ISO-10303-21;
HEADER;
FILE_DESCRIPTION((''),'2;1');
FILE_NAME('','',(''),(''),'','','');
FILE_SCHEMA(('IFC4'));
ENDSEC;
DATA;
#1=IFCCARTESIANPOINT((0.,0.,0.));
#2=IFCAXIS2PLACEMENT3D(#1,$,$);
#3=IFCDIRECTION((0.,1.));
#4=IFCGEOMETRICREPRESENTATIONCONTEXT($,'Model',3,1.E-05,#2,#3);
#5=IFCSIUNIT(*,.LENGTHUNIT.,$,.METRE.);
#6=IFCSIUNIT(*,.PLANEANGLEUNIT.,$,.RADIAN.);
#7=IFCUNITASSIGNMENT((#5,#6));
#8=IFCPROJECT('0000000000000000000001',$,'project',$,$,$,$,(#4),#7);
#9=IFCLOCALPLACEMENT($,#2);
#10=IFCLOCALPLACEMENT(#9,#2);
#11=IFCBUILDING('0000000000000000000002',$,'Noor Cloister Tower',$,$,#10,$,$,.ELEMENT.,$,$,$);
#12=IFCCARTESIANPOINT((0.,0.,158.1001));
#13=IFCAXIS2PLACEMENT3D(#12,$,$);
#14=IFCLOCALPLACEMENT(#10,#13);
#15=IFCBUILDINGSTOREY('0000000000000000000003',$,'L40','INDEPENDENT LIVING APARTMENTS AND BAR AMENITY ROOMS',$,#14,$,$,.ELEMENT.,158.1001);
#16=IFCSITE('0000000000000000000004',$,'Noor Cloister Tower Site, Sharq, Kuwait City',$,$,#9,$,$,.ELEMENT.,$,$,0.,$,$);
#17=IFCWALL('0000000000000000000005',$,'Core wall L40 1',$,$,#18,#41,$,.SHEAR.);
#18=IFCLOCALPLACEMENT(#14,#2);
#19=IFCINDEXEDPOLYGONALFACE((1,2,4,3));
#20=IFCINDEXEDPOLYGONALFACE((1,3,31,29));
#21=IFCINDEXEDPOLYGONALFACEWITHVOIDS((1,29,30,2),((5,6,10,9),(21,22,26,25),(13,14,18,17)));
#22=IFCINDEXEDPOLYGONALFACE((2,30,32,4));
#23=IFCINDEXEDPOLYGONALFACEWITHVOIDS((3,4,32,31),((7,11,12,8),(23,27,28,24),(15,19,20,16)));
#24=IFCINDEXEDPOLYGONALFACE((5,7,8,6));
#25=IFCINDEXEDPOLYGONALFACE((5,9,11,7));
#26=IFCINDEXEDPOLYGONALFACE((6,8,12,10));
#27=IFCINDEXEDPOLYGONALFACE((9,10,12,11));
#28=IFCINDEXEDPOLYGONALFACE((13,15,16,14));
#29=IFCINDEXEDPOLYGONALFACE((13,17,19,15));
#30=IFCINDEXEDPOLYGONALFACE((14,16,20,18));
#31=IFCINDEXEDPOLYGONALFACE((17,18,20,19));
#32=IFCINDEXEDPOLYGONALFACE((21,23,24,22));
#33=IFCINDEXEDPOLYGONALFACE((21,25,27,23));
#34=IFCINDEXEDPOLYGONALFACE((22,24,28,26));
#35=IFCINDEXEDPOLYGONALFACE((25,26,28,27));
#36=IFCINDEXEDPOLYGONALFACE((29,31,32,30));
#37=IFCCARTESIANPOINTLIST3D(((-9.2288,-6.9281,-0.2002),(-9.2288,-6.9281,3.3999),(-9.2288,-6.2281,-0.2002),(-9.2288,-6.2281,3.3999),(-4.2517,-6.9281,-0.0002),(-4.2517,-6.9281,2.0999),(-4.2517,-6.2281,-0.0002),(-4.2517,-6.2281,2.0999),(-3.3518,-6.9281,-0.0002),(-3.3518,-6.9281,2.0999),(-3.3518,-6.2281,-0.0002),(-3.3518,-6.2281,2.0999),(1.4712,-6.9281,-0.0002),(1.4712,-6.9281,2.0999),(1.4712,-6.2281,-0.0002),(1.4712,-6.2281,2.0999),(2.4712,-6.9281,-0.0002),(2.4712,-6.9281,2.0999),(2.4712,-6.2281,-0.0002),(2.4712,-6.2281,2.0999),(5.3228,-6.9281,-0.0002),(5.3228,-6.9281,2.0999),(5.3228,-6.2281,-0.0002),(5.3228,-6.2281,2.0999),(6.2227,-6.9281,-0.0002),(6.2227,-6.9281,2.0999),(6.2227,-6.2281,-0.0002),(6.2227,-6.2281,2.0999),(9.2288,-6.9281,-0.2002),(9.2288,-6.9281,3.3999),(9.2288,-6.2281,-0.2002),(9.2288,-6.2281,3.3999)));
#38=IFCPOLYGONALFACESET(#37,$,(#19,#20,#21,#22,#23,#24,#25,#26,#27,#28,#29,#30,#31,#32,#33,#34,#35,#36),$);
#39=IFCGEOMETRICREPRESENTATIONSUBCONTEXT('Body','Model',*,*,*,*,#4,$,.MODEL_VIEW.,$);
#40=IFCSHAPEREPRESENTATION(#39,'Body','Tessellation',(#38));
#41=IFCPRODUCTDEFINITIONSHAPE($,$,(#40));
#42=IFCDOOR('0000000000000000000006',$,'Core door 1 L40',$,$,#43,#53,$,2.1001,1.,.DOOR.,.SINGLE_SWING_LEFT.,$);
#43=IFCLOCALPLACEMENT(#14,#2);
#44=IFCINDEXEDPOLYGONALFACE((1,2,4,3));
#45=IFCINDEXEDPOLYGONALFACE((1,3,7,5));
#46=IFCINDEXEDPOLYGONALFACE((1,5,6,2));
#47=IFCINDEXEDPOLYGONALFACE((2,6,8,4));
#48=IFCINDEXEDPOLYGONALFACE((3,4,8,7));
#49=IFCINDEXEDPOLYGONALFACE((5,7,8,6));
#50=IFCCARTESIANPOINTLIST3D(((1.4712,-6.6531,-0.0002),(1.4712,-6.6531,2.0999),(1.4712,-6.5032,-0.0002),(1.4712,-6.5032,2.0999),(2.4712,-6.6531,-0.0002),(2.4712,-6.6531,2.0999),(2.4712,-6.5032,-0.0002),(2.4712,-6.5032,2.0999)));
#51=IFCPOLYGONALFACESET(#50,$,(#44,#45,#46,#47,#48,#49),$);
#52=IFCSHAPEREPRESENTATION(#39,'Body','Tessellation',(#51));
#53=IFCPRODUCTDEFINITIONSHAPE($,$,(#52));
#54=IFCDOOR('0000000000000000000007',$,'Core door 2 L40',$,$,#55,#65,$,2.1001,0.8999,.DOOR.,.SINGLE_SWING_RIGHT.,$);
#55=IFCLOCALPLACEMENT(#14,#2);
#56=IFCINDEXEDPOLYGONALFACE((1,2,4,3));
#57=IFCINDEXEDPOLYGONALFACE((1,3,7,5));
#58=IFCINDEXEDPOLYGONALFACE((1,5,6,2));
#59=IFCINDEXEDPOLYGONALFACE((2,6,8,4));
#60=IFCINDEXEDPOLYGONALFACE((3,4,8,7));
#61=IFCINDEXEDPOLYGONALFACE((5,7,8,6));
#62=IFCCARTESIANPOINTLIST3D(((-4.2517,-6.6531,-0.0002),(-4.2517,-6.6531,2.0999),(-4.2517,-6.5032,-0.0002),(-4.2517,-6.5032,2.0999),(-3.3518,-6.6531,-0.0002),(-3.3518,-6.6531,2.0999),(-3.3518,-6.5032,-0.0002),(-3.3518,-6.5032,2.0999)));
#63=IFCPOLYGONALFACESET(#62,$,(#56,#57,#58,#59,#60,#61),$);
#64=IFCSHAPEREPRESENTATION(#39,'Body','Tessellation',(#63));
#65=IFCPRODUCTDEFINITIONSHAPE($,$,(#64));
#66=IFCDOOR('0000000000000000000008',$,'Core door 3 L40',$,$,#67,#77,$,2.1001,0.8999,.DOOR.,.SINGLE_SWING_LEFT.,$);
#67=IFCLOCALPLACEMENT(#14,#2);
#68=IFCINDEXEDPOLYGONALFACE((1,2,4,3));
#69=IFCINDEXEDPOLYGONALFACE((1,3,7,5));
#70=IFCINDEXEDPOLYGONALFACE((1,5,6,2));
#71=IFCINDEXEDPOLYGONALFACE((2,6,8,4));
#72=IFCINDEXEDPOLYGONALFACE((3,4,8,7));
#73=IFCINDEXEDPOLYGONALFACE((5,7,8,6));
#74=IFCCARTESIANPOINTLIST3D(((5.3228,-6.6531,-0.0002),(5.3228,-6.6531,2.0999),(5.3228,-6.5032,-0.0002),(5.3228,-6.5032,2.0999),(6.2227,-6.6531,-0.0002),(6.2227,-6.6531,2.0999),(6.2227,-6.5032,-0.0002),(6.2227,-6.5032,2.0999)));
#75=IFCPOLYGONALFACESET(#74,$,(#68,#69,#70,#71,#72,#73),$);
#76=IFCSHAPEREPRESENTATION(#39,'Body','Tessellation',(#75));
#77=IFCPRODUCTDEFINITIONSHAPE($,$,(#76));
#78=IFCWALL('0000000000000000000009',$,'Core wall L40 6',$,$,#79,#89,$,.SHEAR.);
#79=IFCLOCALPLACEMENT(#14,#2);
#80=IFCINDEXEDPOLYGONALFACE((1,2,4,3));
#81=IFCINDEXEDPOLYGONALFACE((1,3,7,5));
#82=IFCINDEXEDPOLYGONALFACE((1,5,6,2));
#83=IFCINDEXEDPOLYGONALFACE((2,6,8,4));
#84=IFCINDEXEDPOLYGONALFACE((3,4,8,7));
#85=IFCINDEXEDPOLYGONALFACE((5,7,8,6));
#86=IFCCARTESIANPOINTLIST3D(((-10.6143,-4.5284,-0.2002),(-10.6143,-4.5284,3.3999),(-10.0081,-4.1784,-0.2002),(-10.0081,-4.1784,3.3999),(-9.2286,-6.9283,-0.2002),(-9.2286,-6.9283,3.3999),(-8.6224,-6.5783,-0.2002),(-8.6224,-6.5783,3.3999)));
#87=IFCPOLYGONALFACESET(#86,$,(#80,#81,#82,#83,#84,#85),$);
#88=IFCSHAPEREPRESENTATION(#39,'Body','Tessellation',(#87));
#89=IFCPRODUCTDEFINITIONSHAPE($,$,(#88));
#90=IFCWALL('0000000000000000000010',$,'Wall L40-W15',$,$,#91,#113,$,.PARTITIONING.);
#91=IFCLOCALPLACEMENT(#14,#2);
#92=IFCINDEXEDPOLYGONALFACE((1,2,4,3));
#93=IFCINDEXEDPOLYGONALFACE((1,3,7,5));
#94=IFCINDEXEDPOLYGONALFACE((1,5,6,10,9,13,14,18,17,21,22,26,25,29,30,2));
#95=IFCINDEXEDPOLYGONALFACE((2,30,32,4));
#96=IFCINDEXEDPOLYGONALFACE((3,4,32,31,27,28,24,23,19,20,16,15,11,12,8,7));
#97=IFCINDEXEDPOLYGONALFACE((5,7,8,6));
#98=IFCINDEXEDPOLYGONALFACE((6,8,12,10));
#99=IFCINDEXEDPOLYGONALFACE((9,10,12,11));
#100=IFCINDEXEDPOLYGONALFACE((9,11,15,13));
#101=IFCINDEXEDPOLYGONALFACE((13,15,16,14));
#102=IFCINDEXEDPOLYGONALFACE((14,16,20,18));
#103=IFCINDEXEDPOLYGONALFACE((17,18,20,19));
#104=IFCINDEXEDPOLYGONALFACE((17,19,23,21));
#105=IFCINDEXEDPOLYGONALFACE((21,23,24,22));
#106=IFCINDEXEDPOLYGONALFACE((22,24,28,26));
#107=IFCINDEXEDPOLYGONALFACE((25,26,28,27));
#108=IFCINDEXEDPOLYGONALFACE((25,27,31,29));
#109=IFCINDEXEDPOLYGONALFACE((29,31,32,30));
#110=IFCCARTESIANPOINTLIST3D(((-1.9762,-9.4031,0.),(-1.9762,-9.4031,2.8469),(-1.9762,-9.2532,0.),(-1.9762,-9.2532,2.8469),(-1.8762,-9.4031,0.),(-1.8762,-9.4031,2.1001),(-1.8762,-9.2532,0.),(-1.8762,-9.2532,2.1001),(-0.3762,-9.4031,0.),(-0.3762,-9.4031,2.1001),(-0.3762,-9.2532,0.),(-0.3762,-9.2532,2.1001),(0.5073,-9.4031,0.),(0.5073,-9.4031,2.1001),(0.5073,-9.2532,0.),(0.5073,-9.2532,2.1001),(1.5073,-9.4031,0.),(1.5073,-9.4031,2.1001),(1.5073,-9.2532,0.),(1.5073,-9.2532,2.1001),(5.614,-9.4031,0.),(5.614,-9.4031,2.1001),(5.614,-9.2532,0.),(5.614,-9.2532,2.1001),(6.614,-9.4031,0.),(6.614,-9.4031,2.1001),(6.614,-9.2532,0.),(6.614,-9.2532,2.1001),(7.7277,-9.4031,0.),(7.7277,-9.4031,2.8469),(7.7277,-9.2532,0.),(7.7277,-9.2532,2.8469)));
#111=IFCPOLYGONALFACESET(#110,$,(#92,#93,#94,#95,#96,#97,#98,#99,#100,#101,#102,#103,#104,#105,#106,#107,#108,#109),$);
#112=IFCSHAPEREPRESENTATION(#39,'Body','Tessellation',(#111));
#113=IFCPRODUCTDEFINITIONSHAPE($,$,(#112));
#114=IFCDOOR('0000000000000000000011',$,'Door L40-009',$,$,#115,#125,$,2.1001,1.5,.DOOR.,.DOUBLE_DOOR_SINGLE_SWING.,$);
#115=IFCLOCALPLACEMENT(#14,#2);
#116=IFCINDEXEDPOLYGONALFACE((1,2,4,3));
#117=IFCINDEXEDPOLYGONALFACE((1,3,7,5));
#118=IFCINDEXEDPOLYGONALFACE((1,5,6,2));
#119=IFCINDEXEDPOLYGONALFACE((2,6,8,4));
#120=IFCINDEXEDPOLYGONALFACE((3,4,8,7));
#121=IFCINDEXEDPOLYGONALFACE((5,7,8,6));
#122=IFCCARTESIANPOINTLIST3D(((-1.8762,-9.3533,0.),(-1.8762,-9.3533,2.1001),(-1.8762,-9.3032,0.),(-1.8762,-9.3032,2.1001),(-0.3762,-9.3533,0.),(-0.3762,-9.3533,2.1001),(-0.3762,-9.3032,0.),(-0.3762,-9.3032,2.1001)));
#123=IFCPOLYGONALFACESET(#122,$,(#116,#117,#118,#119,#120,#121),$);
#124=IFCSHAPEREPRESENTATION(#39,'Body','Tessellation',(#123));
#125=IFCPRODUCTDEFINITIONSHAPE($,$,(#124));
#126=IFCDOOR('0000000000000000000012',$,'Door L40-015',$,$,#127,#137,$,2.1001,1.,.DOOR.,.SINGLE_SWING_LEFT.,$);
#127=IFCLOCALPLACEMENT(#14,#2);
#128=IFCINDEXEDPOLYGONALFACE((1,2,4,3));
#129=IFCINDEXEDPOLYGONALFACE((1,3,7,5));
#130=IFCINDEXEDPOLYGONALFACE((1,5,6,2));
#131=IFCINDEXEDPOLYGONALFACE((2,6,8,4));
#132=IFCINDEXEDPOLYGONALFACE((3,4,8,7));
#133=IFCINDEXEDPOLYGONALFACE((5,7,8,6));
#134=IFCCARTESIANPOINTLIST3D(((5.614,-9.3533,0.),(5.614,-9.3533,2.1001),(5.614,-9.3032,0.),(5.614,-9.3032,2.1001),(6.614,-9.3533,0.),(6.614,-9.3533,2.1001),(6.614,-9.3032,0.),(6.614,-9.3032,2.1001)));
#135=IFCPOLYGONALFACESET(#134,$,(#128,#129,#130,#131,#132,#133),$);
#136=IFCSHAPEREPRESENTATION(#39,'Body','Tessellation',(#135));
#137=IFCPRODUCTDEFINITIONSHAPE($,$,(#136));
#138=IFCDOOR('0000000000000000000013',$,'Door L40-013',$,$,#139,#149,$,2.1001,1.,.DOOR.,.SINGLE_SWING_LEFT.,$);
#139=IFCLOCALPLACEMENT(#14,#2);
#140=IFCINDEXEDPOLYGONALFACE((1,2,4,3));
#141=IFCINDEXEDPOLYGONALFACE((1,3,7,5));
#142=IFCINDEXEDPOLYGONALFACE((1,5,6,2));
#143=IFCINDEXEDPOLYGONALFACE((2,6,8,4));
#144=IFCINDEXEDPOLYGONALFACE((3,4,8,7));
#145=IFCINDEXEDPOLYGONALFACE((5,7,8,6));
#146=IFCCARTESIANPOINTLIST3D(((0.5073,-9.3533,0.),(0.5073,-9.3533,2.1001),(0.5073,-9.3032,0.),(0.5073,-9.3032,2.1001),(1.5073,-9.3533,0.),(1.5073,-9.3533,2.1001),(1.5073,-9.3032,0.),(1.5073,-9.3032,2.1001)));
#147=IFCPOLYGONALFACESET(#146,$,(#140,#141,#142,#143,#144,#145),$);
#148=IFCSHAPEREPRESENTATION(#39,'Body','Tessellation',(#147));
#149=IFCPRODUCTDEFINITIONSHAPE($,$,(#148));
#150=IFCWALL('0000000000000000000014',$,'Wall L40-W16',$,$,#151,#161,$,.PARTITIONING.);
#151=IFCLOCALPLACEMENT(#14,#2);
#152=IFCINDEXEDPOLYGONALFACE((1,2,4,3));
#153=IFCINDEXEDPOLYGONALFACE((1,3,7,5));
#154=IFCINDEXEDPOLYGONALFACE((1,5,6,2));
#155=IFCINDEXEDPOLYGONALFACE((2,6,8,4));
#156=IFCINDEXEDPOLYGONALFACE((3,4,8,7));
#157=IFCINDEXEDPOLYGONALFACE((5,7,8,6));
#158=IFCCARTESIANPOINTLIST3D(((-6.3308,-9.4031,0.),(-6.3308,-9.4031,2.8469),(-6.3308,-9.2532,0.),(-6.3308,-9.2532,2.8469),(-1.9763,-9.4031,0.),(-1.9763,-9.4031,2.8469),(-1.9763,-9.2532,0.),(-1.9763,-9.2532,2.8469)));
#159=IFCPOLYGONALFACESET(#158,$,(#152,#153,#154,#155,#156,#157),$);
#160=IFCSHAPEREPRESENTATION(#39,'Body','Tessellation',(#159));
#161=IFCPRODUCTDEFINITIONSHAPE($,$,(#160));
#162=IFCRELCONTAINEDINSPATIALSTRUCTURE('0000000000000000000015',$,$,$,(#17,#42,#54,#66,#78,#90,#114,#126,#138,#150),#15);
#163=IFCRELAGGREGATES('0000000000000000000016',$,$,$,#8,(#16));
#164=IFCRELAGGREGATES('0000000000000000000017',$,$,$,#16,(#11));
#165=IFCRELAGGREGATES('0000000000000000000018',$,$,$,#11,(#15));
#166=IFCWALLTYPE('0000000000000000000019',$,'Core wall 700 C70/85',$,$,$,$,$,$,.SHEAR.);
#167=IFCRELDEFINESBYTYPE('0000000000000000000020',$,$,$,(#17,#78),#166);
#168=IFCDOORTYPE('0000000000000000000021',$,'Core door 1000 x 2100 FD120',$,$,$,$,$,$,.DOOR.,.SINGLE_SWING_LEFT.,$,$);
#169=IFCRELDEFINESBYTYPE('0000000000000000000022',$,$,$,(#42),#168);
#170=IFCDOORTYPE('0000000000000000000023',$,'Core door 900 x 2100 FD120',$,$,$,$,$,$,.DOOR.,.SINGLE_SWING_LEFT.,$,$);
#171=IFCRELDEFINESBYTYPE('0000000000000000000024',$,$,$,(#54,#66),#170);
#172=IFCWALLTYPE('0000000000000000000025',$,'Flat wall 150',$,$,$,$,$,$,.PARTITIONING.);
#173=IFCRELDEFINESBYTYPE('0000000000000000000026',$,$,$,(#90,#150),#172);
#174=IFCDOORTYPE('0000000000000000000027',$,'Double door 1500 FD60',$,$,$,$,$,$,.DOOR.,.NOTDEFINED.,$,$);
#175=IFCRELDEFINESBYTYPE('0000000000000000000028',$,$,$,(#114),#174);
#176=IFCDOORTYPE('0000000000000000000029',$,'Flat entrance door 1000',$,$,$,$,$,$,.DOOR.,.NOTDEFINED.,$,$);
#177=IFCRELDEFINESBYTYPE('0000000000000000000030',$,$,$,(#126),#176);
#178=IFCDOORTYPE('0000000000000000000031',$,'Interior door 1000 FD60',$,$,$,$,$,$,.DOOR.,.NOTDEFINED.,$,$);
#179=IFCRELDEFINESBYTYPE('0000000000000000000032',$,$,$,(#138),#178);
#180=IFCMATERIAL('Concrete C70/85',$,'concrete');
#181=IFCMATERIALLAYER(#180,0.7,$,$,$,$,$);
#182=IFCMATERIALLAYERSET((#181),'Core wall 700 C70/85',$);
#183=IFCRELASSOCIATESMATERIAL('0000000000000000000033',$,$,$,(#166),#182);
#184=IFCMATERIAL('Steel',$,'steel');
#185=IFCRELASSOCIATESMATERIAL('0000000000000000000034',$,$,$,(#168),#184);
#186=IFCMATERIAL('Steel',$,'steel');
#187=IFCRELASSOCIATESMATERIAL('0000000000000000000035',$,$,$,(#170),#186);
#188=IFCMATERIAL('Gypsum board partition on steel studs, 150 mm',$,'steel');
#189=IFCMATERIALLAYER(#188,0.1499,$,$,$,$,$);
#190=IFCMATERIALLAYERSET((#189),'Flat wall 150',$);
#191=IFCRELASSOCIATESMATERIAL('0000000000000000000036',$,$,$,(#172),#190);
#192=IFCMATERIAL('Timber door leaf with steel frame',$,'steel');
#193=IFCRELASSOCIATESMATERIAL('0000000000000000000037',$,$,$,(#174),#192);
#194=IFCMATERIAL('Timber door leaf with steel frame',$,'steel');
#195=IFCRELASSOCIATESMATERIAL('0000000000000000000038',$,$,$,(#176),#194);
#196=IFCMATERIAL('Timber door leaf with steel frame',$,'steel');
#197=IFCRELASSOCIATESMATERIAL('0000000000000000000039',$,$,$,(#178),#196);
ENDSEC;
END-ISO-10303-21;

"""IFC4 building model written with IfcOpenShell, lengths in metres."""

from ifc_helpers import new_model, si_unit, direction, frame, frame_2d, origin, place, context, subcontext, project, spatial, rectangle, extrude, material, layer, layer_set, type_object, element, fill, save


model = new_model("IFC4")

# Units and contexts
model_context = context("Model", 3, precision=1e-05, world=origin(), true_north=direction((0.0, 1.0)))
body_context = subcontext(model_context, "Body", "Model", "MODEL_VIEW")
ifc_project = project(units=[si_unit("LENGTHUNIT", "METRE"), si_unit("PLANEANGLEUNIT", "RADIAN")], contexts=[model_context])

# Site, building, storey
site_placement = place(None, origin())
site = spatial("IfcSite", under=ifc_project, at=site_placement, Name="Noor Cloister Tower Site, Sharq, Kuwait City", CompositionType="ELEMENT", RefElevation=0.0)
building_placement = place(site_placement, origin())
building = spatial("IfcBuilding", under=site, at=building_placement, Name="Noor Cloister Tower", CompositionType="ELEMENT")
storey_placement = place(building_placement, frame((0.0, 0.0, 158.1001)))
storey = spatial("IfcBuildingStorey", under=building, at=storey_placement, Name="L40", Description="INDEPENDENT LIVING APARTMENTS AND BAR AMENITY ROOMS", CompositionType="ELEMENT", Elevation=158.1001)

# Wall, openings, doors
ifc_material_1 = material(Name="Concrete C70/85", Category="concrete")
ifc_layer_1 = layer(ifc_material_1, 0.7)
ifc_layer_set_1 = layer_set([ifc_layer_1], Name="Core wall 700 C70/85")
wall_type_1 = type_object("IfcWallType", Name="Core wall 700 C70/85", PredefinedType="SHEAR", material=ifc_layer_set_1)
wall_1_placement = place(storey_placement, frame((-9.2288, -6.5781, -0.2002), z_axis=(0.0, 0.0, 1.0), x_axis=(1.0, 0.0, 0.0)))
wall_1 = element("IfcWall", 1, at=wall_1_placement, inside=storey, type_object=wall_type_1, Name="Core wall L40 1", PredefinedType="SHEAR", context=body_context, shape_type="SweptSolid", body=[
    extrude(rectangle(XDim=18.4575, YDim=0.7, at=frame_2d((9.2288, 0.0))), origin(), (0.0, 0.0, 1.0), 3.6001),
])
opening_1_placement = place(wall_1_placement, frame((10.7, 0.0, 0.2)))
opening_1 = element("IfcOpeningElement", 2, at=opening_1_placement, cuts=wall_1, PredefinedType="OPENING", context=body_context, shape_type="SweptSolid", body=[
    extrude(rectangle(XDim=1.0, YDim=2.1001, at=frame_2d((0.5, 1.05))), frame((0.0, 0.3599, 0.0), z_axis=(0.0, -1.0, 0.0), x_axis=(1.0, 0.0, 0.0)), (0.0, 0.0, 1.0), 0.72),
])
opening_2_placement = place(wall_1_placement, frame((4.9771, 0.0, 0.2)))
opening_2 = element("IfcOpeningElement", 3, at=opening_2_placement, cuts=wall_1, PredefinedType="OPENING", context=body_context, shape_type="SweptSolid", body=[
    extrude(rectangle(XDim=0.8999, YDim=2.1001, at=frame_2d((0.45, 1.05))), frame((0.0, 0.3599, 0.0), z_axis=(0.0, -1.0, 0.0), x_axis=(1.0, 0.0, 0.0)), (0.0, 0.0, 1.0), 0.72),
])
opening_3_placement = place(wall_1_placement, frame((14.5515, 0.0, 0.2)))
opening_3 = element("IfcOpeningElement", 4, at=opening_3_placement, cuts=wall_1, PredefinedType="OPENING", context=body_context, shape_type="SweptSolid", body=[
    extrude(rectangle(XDim=0.8999, YDim=2.1001, at=frame_2d((0.45, 1.05))), frame((0.0, 0.3599, 0.0), z_axis=(0.0, -1.0, 0.0), x_axis=(1.0, 0.0, 0.0)), (0.0, 0.0, 1.0), 0.72),
])
ifc_material_2 = material(Name="Steel", Category="steel")
door_type_1 = type_object("IfcDoorType", Name="Core door 1000 x 2100 FD120", OperationType="SINGLE_SWING_LEFT", PredefinedType="DOOR", material=ifc_material_2)
door_1_placement = place(opening_1_placement, origin())
door_1 = element("IfcDoor", 5, at=door_1_placement, inside=storey, type_object=door_type_1, Name="Core door 1 L40", OperationType="SINGLE_SWING_LEFT", OverallHeight=2.1001, OverallWidth=1.0, PredefinedType="DOOR", context=body_context, shape_type="SweptSolid", body=[
    extrude(rectangle(XDim=1.0, YDim=2.1001, at=frame_2d((0.5, 1.05))), frame((0.0, 0.075, 0.0), z_axis=(0.0, -1.0, 0.0), x_axis=(1.0, 0.0, 0.0)), (0.0, 0.0, 1.0), 0.1499),
])
fill(opening_1, door_1)
ifc_material_3 = material(Name="Steel", Category="steel")
door_type_2 = type_object("IfcDoorType", Name="Core door 900 x 2100 FD120", OperationType="SINGLE_SWING_LEFT", PredefinedType="DOOR", material=ifc_material_3)
door_2_placement = place(opening_2_placement, origin())
door_2 = element("IfcDoor", 6, at=door_2_placement, inside=storey, type_object=door_type_2, Name="Core door 2 L40", OperationType="SINGLE_SWING_RIGHT", OverallHeight=2.1001, OverallWidth=0.8999, PredefinedType="DOOR", context=body_context, shape_type="SweptSolid", body=[
    extrude(rectangle(XDim=0.8999, YDim=2.1001, at=frame_2d((0.45, 1.05))), frame((0.0, 0.075, 0.0), z_axis=(0.0, -1.0, 0.0), x_axis=(1.0, 0.0, 0.0)), (0.0, 0.0, 1.0), 0.1499),
])
fill(opening_2, door_2)
door_3_placement = place(opening_3_placement, origin())
door_3 = element("IfcDoor", 7, at=door_3_placement, inside=storey, type_object=door_type_2, Name="Core door 3 L40", OperationType="SINGLE_SWING_LEFT", OverallHeight=2.1001, OverallWidth=0.8999, PredefinedType="DOOR", context=body_context, shape_type="SweptSolid", body=[
    extrude(rectangle(XDim=0.8999, YDim=2.1001, at=frame_2d((0.45, 1.05))), frame((0.0, 0.075, 0.0), z_axis=(0.0, -1.0, 0.0), x_axis=(1.0, 0.0, 0.0)), (0.0, 0.0, 1.0), 0.1499),
])
fill(opening_3, door_3)

# Wall
wall_2_placement = place(storey_placement, frame((-10.3113, -4.3533, -0.2002), z_axis=(0.0, 0.0, 1.0), x_axis=(0.500043, -0.866001, 0.0)))
element("IfcWall", 8, at=wall_2_placement, inside=storey, type_object=wall_type_1, Name="Core wall L40 6", PredefinedType="SHEAR", context=body_context, shape_type="SweptSolid", body=[
    extrude(rectangle(XDim=2.7712, YDim=0.7, at=frame_2d((1.3857, 0.0))), origin(), (0.0, 0.0, 1.0), 3.6001),
])

# Wall, openings, doors
ifc_material_4 = material(Name="Gypsum board partition on steel studs, 150 mm", Category="steel")
ifc_layer_2 = layer(ifc_material_4, 0.1499)
ifc_layer_set_2 = layer_set([ifc_layer_2], Name="Flat wall 150")
wall_type_2 = type_object("IfcWallType", Name="Flat wall 150", PredefinedType="PARTITIONING", material=ifc_layer_set_2)
wall_3_placement = place(storey_placement, frame((-1.9763, -9.3281, 0.0), z_axis=(0.0, 0.0, 1.0), x_axis=(1.0, 0.0, 0.0)))
wall_3 = element("IfcWall", 9, at=wall_3_placement, inside=storey, type_object=wall_type_2, Name="Wall L40-W15", PredefinedType="PARTITIONING", context=body_context, shape_type="SweptSolid", body=[
    extrude(rectangle(XDim=9.7039, YDim=0.1499, at=frame_2d((4.8521, 0.0))), origin(), (0.0, 0.0, 1.0), 2.8469),
])
opening_4_placement = place(wall_3_placement, frame((0.1001, 0.0, 0.0)))
opening_4 = element("IfcOpeningElement", 10, at=opening_4_placement, cuts=wall_3, PredefinedType="OPENING", context=body_context, shape_type="SweptSolid", body=[
    extrude(rectangle(XDim=1.5, YDim=2.1001, at=frame_2d((0.75, 1.05))), frame((0.0, 0.085, 0.0), z_axis=(0.0, -1.0, 0.0), x_axis=(1.0, 0.0, 0.0)), (0.0, 0.0, 1.0), 0.1699),
])
opening_5_placement = place(wall_3_placement, frame((2.4836, 0.0, 0.0)))
opening_5 = element("IfcOpeningElement", 11, at=opening_5_placement, cuts=wall_3, PredefinedType="OPENING", context=body_context, shape_type="SweptSolid", body=[
    extrude(rectangle(XDim=1.0, YDim=2.1001, at=frame_2d((0.5, 1.05))), frame((0.0, 0.085, 0.0), z_axis=(0.0, -1.0, 0.0), x_axis=(1.0, 0.0, 0.0)), (0.0, 0.0, 1.0), 0.1699),
])
opening_6_placement = place(wall_3_placement, frame((7.5903, 0.0, 0.0)))
opening_6 = element("IfcOpeningElement", 12, at=opening_6_placement, cuts=wall_3, PredefinedType="OPENING", context=body_context, shape_type="SweptSolid", body=[
    extrude(rectangle(XDim=1.0, YDim=2.1001, at=frame_2d((0.5, 1.05))), frame((0.0, 0.085, 0.0), z_axis=(0.0, -1.0, 0.0), x_axis=(1.0, 0.0, 0.0)), (0.0, 0.0, 1.0), 0.1699),
])
ifc_material_5 = material(Name="Timber door leaf with steel frame", Category="steel")
door_type_3 = type_object("IfcDoorType", Name="Double door 1500 FD60", OperationType="NOTDEFINED", PredefinedType="DOOR", material=ifc_material_5)
door_4_placement = place(opening_4_placement, origin())
door_4 = element("IfcDoor", 13, at=door_4_placement, inside=storey, type_object=door_type_3, Name="Door L40-009", OperationType="DOUBLE_DOOR_SINGLE_SWING", OverallHeight=2.1001, OverallWidth=1.5, PredefinedType="DOOR", context=body_context, shape_type="SweptSolid", body=[
    extrude(rectangle(XDim=1.5, YDim=2.1001, at=frame_2d((0.75, 1.05))), frame((0.0, 0.0249, 0.0), z_axis=(0.0, -1.0, 0.0), x_axis=(1.0, 0.0, 0.0)), (0.0, 0.0, 1.0), 0.05),
])
fill(opening_4, door_4)
ifc_material_6 = material(Name="Timber door leaf with steel frame", Category="steel")
door_type_4 = type_object("IfcDoorType", Name="Flat entrance door 1000", OperationType="NOTDEFINED", PredefinedType="DOOR", material=ifc_material_6)
door_5_placement = place(opening_6_placement, origin())
door_5 = element("IfcDoor", 14, at=door_5_placement, inside=storey, type_object=door_type_4, Name="Door L40-015", OperationType="SINGLE_SWING_LEFT", OverallHeight=2.1001, OverallWidth=1.0, PredefinedType="DOOR", context=body_context, shape_type="SweptSolid", body=[
    extrude(rectangle(XDim=1.0, YDim=2.1001, at=frame_2d((0.5, 1.05))), frame((0.0, 0.0249, 0.0), z_axis=(0.0, -1.0, 0.0), x_axis=(1.0, 0.0, 0.0)), (0.0, 0.0, 1.0), 0.05),
])
fill(opening_6, door_5)
ifc_material_7 = material(Name="Timber door leaf with steel frame", Category="steel")
door_type_5 = type_object("IfcDoorType", Name="Interior door 1000 FD60", OperationType="NOTDEFINED", PredefinedType="DOOR", material=ifc_material_7)
door_6_placement = place(opening_5_placement, origin())
door_6 = element("IfcDoor", 15, at=door_6_placement, inside=storey, type_object=door_type_5, Name="Door L40-013", OperationType="SINGLE_SWING_LEFT", OverallHeight=2.1001, OverallWidth=1.0, PredefinedType="DOOR", context=body_context, shape_type="SweptSolid", body=[
    extrude(rectangle(XDim=1.0, YDim=2.1001, at=frame_2d((0.5, 1.05))), frame((0.0, 0.0249, 0.0), z_axis=(0.0, -1.0, 0.0), x_axis=(1.0, 0.0, 0.0)), (0.0, 0.0, 1.0), 0.05),
])
fill(opening_5, door_6)

# Wall
wall_4_placement = place(storey_placement, frame((-6.3308, -9.3281, 0.0), z_axis=(0.0, 0.0, 1.0), x_axis=(1.0, 0.0, 0.0)))
element("IfcWall", 16, at=wall_4_placement, inside=storey, type_object=wall_type_2, Name="Wall L40-W16", PredefinedType="PARTITIONING", context=body_context, shape_type="SweptSolid", body=[
    extrude(rectangle(XDim=4.3545, YDim=0.1499, at=frame_2d((2.1772, 0.0))), origin(), (0.0, 0.0, 1.0), 2.8469),
])

save(model, "model.ifc")
